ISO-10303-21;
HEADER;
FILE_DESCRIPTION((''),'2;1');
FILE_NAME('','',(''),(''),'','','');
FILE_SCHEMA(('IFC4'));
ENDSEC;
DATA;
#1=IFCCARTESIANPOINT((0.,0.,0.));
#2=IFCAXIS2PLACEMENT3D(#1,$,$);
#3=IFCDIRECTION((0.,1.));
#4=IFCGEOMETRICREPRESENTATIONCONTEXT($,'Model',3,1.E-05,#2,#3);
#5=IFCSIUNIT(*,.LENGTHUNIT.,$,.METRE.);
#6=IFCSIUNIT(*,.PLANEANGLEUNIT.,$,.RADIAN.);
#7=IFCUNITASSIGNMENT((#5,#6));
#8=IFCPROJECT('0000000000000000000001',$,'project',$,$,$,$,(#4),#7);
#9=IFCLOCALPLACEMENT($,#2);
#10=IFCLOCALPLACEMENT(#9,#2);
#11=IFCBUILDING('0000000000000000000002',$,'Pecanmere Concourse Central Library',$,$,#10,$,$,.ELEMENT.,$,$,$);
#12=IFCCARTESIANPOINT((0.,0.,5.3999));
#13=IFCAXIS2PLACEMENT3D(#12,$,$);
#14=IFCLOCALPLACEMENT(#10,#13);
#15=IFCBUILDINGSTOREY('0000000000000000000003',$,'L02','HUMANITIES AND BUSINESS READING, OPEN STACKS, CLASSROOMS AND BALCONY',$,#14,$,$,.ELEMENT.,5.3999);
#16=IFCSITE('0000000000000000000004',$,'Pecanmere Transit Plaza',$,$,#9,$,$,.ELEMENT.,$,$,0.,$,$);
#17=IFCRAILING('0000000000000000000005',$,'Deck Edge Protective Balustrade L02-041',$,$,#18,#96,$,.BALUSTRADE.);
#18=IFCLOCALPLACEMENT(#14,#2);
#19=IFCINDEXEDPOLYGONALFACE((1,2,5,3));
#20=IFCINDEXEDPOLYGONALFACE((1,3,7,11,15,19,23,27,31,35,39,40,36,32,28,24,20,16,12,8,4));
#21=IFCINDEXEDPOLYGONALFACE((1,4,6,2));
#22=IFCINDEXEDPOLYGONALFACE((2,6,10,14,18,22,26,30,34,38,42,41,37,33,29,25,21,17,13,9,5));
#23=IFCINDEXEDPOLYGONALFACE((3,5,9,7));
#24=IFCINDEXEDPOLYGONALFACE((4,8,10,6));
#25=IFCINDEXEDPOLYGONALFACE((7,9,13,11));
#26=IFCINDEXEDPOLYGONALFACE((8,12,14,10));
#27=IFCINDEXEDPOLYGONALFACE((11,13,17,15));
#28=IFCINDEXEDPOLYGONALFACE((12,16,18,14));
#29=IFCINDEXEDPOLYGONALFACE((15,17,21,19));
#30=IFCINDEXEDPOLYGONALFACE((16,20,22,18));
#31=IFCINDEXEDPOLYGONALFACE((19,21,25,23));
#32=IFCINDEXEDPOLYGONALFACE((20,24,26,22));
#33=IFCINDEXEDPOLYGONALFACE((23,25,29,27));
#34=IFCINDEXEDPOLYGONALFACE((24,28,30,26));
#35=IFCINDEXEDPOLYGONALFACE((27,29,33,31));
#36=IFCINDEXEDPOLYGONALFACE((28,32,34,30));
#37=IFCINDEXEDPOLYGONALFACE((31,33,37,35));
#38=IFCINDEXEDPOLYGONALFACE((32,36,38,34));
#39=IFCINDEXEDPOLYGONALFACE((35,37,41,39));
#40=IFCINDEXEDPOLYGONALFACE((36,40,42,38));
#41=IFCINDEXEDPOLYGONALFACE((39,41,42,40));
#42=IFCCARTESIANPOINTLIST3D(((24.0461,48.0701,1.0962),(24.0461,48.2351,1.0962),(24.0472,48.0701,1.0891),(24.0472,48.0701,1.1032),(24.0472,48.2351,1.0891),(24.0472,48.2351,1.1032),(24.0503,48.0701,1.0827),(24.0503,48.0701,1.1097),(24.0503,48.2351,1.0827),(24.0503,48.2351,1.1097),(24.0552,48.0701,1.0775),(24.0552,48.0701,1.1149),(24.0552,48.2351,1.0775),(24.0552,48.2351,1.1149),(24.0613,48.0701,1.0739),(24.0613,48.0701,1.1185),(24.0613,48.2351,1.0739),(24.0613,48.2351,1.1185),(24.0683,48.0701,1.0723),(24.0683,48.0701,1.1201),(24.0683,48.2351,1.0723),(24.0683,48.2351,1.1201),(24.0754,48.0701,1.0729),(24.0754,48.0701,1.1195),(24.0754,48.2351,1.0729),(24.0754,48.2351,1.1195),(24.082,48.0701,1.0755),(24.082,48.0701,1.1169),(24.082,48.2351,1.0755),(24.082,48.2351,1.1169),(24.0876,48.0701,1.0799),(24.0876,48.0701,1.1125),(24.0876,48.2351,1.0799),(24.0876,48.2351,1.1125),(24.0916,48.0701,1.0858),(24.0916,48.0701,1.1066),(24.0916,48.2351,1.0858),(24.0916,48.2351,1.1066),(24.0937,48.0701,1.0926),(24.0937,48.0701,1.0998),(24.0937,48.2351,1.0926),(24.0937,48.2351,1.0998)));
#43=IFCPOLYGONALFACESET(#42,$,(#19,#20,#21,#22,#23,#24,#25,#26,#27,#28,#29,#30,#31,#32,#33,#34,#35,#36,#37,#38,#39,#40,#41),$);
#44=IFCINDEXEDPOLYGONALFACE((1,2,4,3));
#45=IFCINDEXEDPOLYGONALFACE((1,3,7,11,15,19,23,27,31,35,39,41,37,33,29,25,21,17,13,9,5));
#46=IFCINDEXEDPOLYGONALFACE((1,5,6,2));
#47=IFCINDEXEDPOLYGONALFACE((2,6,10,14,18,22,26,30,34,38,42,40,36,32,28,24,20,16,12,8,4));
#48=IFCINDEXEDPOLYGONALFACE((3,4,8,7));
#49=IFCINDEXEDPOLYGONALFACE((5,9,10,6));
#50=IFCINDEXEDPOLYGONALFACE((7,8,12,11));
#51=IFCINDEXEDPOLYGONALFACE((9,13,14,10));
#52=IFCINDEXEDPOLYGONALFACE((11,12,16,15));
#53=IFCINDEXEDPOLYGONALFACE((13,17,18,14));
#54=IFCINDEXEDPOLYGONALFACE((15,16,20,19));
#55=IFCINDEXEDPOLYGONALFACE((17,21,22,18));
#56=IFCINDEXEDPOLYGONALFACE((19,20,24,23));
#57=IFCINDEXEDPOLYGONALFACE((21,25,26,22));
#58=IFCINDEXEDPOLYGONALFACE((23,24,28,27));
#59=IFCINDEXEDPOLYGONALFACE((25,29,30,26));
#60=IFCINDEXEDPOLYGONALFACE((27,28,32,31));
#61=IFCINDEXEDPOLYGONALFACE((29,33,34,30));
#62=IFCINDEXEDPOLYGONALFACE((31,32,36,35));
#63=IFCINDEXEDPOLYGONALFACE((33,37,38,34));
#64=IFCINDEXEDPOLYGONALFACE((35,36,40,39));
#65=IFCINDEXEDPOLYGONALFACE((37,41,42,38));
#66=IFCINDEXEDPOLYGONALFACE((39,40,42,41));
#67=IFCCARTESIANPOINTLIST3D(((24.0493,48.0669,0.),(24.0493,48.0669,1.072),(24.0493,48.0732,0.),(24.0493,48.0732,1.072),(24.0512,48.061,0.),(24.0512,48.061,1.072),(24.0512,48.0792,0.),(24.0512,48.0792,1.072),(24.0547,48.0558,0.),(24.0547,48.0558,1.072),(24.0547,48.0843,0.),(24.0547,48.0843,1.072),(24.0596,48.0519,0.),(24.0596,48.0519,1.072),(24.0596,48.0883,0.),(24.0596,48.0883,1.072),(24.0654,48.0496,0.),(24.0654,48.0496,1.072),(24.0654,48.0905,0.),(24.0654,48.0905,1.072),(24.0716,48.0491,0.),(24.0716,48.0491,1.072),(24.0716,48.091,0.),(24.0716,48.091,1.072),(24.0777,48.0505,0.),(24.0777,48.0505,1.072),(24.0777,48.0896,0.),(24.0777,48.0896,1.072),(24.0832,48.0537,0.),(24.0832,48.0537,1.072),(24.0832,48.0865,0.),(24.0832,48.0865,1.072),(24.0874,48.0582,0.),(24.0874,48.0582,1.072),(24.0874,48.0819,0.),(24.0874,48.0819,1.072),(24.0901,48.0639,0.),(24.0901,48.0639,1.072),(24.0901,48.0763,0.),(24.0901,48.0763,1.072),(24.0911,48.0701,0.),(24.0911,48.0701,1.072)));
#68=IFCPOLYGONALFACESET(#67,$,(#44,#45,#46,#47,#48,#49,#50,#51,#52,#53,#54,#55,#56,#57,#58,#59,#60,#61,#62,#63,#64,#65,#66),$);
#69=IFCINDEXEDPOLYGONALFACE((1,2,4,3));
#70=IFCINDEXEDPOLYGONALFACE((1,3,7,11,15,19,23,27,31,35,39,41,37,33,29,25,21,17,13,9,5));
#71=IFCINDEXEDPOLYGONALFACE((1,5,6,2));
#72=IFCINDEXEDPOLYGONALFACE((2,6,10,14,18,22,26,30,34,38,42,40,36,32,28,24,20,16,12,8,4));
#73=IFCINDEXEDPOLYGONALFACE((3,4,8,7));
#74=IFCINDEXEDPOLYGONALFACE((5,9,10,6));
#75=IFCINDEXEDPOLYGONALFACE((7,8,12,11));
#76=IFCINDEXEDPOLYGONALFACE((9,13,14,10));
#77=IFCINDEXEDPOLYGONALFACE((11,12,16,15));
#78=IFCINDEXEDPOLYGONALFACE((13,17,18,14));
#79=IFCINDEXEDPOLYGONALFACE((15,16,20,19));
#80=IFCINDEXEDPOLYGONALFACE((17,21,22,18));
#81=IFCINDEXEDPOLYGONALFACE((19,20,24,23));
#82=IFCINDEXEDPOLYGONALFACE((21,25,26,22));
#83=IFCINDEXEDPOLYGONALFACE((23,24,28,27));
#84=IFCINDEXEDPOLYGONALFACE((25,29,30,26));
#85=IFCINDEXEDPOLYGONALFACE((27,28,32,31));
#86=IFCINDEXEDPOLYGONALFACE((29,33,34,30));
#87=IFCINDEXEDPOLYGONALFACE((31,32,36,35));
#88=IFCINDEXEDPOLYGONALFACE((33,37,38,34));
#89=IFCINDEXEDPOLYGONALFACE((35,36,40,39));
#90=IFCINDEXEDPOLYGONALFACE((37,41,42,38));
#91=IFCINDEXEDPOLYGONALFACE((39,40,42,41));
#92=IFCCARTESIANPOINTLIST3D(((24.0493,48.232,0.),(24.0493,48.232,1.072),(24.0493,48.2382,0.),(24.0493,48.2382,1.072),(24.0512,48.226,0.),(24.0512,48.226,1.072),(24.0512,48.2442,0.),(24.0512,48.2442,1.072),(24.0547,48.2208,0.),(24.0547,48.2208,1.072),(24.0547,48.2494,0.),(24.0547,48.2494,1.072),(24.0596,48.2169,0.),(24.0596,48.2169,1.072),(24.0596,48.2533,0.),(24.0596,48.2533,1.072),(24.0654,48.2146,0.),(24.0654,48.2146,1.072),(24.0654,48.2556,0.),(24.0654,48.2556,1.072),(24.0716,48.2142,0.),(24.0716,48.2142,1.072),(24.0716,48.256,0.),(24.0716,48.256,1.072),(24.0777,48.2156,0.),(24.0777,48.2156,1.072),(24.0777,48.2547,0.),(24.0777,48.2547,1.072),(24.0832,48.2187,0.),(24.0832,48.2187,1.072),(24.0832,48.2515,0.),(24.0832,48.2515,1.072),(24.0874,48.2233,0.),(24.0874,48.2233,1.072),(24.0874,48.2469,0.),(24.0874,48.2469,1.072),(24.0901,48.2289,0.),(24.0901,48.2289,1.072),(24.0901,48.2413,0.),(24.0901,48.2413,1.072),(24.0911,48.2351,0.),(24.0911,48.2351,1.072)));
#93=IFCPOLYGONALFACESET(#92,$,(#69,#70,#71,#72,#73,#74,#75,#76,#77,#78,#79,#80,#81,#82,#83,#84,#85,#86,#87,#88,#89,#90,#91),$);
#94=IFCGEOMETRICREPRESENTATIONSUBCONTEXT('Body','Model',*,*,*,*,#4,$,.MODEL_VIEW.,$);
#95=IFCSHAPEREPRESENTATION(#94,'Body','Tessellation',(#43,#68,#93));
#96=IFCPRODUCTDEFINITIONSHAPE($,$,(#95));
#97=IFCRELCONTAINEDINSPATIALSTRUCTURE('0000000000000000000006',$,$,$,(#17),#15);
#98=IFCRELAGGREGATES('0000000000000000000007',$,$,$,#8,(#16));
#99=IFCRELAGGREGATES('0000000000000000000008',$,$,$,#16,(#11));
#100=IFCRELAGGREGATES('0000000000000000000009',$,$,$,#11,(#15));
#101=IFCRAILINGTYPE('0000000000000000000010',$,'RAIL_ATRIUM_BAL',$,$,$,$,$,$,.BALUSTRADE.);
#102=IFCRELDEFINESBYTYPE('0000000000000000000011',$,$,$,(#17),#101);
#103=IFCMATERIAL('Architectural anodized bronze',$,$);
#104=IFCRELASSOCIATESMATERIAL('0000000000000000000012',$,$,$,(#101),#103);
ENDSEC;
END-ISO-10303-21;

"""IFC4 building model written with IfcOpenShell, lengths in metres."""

from ifc_helpers import new_model, si_unit, direction, frame, origin, origin_2d, place, context, subcontext, project, spatial, circle, extrude, material, type_object, element, save


model = new_model("IFC4")

# Units and contexts
model_context = context("Model", 3, precision=1e-05, world=origin(), true_north=direction((0.0, 1.0)))
body_context = subcontext(model_context, "Body", "Model", "MODEL_VIEW")
ifc_project = project(units=[si_unit("LENGTHUNIT", "METRE"), si_unit("PLANEANGLEUNIT", "RADIAN")], contexts=[model_context])

# Site, building, storey
site_placement = place(None, origin())
site = spatial("IfcSite", under=ifc_project, at=site_placement, Name="Pecanmere Transit Plaza", CompositionType="ELEMENT", RefElevation=0.0)
building_placement = place(site_placement, origin())
building = spatial("IfcBuilding", under=site, at=building_placement, Name="Pecanmere Concourse Central Library", CompositionType="ELEMENT")
storey_placement = place(building_placement, frame((0.0, 0.0, 5.3999)))
storey = spatial("IfcBuildingStorey", under=building, at=storey_placement, Name="L02", Description="HUMANITIES AND BUSINESS READING, OPEN STACKS, CLASSROOMS AND BALCONY", CompositionType="ELEMENT", Elevation=5.3999)

# Railing
ifc_material_1 = material(Name="Architectural anodized bronze")
railing_type = type_object("IfcRailingType", Name="RAIL_ATRIUM_BAL", PredefinedType="BALUSTRADE", material=ifc_material_1)
railing_placement = place(storey_placement, frame((24.0701, 48.0701, 0.0)))
element("IfcRailing", 1, at=railing_placement, inside=storey, type_object=railing_type, Name="Deck Edge Protective Balustrade L02-041", PredefinedType="BALUSTRADE", context=body_context, shape_type="SweptSolid", body=[
    extrude(circle(Radius=0.0239, at=origin_2d()), frame((0.0, 0.0, 1.0962), z_axis=(0.0, 1.0, 0.0), x_axis=(-1.0, 0.0, 0.0)), (0.0, 0.0, 1.0), 0.165),
    extrude(circle(Radius=0.021, at=origin_2d()), origin(), (0.0, 0.0, 1.0), 1.072),
    extrude(circle(Radius=0.021, at=origin_2d()), frame((0.0, 0.165, 0.0)), (0.0, 0.0, 1.0), 1.072),
])

save(model, "model.ifc")
